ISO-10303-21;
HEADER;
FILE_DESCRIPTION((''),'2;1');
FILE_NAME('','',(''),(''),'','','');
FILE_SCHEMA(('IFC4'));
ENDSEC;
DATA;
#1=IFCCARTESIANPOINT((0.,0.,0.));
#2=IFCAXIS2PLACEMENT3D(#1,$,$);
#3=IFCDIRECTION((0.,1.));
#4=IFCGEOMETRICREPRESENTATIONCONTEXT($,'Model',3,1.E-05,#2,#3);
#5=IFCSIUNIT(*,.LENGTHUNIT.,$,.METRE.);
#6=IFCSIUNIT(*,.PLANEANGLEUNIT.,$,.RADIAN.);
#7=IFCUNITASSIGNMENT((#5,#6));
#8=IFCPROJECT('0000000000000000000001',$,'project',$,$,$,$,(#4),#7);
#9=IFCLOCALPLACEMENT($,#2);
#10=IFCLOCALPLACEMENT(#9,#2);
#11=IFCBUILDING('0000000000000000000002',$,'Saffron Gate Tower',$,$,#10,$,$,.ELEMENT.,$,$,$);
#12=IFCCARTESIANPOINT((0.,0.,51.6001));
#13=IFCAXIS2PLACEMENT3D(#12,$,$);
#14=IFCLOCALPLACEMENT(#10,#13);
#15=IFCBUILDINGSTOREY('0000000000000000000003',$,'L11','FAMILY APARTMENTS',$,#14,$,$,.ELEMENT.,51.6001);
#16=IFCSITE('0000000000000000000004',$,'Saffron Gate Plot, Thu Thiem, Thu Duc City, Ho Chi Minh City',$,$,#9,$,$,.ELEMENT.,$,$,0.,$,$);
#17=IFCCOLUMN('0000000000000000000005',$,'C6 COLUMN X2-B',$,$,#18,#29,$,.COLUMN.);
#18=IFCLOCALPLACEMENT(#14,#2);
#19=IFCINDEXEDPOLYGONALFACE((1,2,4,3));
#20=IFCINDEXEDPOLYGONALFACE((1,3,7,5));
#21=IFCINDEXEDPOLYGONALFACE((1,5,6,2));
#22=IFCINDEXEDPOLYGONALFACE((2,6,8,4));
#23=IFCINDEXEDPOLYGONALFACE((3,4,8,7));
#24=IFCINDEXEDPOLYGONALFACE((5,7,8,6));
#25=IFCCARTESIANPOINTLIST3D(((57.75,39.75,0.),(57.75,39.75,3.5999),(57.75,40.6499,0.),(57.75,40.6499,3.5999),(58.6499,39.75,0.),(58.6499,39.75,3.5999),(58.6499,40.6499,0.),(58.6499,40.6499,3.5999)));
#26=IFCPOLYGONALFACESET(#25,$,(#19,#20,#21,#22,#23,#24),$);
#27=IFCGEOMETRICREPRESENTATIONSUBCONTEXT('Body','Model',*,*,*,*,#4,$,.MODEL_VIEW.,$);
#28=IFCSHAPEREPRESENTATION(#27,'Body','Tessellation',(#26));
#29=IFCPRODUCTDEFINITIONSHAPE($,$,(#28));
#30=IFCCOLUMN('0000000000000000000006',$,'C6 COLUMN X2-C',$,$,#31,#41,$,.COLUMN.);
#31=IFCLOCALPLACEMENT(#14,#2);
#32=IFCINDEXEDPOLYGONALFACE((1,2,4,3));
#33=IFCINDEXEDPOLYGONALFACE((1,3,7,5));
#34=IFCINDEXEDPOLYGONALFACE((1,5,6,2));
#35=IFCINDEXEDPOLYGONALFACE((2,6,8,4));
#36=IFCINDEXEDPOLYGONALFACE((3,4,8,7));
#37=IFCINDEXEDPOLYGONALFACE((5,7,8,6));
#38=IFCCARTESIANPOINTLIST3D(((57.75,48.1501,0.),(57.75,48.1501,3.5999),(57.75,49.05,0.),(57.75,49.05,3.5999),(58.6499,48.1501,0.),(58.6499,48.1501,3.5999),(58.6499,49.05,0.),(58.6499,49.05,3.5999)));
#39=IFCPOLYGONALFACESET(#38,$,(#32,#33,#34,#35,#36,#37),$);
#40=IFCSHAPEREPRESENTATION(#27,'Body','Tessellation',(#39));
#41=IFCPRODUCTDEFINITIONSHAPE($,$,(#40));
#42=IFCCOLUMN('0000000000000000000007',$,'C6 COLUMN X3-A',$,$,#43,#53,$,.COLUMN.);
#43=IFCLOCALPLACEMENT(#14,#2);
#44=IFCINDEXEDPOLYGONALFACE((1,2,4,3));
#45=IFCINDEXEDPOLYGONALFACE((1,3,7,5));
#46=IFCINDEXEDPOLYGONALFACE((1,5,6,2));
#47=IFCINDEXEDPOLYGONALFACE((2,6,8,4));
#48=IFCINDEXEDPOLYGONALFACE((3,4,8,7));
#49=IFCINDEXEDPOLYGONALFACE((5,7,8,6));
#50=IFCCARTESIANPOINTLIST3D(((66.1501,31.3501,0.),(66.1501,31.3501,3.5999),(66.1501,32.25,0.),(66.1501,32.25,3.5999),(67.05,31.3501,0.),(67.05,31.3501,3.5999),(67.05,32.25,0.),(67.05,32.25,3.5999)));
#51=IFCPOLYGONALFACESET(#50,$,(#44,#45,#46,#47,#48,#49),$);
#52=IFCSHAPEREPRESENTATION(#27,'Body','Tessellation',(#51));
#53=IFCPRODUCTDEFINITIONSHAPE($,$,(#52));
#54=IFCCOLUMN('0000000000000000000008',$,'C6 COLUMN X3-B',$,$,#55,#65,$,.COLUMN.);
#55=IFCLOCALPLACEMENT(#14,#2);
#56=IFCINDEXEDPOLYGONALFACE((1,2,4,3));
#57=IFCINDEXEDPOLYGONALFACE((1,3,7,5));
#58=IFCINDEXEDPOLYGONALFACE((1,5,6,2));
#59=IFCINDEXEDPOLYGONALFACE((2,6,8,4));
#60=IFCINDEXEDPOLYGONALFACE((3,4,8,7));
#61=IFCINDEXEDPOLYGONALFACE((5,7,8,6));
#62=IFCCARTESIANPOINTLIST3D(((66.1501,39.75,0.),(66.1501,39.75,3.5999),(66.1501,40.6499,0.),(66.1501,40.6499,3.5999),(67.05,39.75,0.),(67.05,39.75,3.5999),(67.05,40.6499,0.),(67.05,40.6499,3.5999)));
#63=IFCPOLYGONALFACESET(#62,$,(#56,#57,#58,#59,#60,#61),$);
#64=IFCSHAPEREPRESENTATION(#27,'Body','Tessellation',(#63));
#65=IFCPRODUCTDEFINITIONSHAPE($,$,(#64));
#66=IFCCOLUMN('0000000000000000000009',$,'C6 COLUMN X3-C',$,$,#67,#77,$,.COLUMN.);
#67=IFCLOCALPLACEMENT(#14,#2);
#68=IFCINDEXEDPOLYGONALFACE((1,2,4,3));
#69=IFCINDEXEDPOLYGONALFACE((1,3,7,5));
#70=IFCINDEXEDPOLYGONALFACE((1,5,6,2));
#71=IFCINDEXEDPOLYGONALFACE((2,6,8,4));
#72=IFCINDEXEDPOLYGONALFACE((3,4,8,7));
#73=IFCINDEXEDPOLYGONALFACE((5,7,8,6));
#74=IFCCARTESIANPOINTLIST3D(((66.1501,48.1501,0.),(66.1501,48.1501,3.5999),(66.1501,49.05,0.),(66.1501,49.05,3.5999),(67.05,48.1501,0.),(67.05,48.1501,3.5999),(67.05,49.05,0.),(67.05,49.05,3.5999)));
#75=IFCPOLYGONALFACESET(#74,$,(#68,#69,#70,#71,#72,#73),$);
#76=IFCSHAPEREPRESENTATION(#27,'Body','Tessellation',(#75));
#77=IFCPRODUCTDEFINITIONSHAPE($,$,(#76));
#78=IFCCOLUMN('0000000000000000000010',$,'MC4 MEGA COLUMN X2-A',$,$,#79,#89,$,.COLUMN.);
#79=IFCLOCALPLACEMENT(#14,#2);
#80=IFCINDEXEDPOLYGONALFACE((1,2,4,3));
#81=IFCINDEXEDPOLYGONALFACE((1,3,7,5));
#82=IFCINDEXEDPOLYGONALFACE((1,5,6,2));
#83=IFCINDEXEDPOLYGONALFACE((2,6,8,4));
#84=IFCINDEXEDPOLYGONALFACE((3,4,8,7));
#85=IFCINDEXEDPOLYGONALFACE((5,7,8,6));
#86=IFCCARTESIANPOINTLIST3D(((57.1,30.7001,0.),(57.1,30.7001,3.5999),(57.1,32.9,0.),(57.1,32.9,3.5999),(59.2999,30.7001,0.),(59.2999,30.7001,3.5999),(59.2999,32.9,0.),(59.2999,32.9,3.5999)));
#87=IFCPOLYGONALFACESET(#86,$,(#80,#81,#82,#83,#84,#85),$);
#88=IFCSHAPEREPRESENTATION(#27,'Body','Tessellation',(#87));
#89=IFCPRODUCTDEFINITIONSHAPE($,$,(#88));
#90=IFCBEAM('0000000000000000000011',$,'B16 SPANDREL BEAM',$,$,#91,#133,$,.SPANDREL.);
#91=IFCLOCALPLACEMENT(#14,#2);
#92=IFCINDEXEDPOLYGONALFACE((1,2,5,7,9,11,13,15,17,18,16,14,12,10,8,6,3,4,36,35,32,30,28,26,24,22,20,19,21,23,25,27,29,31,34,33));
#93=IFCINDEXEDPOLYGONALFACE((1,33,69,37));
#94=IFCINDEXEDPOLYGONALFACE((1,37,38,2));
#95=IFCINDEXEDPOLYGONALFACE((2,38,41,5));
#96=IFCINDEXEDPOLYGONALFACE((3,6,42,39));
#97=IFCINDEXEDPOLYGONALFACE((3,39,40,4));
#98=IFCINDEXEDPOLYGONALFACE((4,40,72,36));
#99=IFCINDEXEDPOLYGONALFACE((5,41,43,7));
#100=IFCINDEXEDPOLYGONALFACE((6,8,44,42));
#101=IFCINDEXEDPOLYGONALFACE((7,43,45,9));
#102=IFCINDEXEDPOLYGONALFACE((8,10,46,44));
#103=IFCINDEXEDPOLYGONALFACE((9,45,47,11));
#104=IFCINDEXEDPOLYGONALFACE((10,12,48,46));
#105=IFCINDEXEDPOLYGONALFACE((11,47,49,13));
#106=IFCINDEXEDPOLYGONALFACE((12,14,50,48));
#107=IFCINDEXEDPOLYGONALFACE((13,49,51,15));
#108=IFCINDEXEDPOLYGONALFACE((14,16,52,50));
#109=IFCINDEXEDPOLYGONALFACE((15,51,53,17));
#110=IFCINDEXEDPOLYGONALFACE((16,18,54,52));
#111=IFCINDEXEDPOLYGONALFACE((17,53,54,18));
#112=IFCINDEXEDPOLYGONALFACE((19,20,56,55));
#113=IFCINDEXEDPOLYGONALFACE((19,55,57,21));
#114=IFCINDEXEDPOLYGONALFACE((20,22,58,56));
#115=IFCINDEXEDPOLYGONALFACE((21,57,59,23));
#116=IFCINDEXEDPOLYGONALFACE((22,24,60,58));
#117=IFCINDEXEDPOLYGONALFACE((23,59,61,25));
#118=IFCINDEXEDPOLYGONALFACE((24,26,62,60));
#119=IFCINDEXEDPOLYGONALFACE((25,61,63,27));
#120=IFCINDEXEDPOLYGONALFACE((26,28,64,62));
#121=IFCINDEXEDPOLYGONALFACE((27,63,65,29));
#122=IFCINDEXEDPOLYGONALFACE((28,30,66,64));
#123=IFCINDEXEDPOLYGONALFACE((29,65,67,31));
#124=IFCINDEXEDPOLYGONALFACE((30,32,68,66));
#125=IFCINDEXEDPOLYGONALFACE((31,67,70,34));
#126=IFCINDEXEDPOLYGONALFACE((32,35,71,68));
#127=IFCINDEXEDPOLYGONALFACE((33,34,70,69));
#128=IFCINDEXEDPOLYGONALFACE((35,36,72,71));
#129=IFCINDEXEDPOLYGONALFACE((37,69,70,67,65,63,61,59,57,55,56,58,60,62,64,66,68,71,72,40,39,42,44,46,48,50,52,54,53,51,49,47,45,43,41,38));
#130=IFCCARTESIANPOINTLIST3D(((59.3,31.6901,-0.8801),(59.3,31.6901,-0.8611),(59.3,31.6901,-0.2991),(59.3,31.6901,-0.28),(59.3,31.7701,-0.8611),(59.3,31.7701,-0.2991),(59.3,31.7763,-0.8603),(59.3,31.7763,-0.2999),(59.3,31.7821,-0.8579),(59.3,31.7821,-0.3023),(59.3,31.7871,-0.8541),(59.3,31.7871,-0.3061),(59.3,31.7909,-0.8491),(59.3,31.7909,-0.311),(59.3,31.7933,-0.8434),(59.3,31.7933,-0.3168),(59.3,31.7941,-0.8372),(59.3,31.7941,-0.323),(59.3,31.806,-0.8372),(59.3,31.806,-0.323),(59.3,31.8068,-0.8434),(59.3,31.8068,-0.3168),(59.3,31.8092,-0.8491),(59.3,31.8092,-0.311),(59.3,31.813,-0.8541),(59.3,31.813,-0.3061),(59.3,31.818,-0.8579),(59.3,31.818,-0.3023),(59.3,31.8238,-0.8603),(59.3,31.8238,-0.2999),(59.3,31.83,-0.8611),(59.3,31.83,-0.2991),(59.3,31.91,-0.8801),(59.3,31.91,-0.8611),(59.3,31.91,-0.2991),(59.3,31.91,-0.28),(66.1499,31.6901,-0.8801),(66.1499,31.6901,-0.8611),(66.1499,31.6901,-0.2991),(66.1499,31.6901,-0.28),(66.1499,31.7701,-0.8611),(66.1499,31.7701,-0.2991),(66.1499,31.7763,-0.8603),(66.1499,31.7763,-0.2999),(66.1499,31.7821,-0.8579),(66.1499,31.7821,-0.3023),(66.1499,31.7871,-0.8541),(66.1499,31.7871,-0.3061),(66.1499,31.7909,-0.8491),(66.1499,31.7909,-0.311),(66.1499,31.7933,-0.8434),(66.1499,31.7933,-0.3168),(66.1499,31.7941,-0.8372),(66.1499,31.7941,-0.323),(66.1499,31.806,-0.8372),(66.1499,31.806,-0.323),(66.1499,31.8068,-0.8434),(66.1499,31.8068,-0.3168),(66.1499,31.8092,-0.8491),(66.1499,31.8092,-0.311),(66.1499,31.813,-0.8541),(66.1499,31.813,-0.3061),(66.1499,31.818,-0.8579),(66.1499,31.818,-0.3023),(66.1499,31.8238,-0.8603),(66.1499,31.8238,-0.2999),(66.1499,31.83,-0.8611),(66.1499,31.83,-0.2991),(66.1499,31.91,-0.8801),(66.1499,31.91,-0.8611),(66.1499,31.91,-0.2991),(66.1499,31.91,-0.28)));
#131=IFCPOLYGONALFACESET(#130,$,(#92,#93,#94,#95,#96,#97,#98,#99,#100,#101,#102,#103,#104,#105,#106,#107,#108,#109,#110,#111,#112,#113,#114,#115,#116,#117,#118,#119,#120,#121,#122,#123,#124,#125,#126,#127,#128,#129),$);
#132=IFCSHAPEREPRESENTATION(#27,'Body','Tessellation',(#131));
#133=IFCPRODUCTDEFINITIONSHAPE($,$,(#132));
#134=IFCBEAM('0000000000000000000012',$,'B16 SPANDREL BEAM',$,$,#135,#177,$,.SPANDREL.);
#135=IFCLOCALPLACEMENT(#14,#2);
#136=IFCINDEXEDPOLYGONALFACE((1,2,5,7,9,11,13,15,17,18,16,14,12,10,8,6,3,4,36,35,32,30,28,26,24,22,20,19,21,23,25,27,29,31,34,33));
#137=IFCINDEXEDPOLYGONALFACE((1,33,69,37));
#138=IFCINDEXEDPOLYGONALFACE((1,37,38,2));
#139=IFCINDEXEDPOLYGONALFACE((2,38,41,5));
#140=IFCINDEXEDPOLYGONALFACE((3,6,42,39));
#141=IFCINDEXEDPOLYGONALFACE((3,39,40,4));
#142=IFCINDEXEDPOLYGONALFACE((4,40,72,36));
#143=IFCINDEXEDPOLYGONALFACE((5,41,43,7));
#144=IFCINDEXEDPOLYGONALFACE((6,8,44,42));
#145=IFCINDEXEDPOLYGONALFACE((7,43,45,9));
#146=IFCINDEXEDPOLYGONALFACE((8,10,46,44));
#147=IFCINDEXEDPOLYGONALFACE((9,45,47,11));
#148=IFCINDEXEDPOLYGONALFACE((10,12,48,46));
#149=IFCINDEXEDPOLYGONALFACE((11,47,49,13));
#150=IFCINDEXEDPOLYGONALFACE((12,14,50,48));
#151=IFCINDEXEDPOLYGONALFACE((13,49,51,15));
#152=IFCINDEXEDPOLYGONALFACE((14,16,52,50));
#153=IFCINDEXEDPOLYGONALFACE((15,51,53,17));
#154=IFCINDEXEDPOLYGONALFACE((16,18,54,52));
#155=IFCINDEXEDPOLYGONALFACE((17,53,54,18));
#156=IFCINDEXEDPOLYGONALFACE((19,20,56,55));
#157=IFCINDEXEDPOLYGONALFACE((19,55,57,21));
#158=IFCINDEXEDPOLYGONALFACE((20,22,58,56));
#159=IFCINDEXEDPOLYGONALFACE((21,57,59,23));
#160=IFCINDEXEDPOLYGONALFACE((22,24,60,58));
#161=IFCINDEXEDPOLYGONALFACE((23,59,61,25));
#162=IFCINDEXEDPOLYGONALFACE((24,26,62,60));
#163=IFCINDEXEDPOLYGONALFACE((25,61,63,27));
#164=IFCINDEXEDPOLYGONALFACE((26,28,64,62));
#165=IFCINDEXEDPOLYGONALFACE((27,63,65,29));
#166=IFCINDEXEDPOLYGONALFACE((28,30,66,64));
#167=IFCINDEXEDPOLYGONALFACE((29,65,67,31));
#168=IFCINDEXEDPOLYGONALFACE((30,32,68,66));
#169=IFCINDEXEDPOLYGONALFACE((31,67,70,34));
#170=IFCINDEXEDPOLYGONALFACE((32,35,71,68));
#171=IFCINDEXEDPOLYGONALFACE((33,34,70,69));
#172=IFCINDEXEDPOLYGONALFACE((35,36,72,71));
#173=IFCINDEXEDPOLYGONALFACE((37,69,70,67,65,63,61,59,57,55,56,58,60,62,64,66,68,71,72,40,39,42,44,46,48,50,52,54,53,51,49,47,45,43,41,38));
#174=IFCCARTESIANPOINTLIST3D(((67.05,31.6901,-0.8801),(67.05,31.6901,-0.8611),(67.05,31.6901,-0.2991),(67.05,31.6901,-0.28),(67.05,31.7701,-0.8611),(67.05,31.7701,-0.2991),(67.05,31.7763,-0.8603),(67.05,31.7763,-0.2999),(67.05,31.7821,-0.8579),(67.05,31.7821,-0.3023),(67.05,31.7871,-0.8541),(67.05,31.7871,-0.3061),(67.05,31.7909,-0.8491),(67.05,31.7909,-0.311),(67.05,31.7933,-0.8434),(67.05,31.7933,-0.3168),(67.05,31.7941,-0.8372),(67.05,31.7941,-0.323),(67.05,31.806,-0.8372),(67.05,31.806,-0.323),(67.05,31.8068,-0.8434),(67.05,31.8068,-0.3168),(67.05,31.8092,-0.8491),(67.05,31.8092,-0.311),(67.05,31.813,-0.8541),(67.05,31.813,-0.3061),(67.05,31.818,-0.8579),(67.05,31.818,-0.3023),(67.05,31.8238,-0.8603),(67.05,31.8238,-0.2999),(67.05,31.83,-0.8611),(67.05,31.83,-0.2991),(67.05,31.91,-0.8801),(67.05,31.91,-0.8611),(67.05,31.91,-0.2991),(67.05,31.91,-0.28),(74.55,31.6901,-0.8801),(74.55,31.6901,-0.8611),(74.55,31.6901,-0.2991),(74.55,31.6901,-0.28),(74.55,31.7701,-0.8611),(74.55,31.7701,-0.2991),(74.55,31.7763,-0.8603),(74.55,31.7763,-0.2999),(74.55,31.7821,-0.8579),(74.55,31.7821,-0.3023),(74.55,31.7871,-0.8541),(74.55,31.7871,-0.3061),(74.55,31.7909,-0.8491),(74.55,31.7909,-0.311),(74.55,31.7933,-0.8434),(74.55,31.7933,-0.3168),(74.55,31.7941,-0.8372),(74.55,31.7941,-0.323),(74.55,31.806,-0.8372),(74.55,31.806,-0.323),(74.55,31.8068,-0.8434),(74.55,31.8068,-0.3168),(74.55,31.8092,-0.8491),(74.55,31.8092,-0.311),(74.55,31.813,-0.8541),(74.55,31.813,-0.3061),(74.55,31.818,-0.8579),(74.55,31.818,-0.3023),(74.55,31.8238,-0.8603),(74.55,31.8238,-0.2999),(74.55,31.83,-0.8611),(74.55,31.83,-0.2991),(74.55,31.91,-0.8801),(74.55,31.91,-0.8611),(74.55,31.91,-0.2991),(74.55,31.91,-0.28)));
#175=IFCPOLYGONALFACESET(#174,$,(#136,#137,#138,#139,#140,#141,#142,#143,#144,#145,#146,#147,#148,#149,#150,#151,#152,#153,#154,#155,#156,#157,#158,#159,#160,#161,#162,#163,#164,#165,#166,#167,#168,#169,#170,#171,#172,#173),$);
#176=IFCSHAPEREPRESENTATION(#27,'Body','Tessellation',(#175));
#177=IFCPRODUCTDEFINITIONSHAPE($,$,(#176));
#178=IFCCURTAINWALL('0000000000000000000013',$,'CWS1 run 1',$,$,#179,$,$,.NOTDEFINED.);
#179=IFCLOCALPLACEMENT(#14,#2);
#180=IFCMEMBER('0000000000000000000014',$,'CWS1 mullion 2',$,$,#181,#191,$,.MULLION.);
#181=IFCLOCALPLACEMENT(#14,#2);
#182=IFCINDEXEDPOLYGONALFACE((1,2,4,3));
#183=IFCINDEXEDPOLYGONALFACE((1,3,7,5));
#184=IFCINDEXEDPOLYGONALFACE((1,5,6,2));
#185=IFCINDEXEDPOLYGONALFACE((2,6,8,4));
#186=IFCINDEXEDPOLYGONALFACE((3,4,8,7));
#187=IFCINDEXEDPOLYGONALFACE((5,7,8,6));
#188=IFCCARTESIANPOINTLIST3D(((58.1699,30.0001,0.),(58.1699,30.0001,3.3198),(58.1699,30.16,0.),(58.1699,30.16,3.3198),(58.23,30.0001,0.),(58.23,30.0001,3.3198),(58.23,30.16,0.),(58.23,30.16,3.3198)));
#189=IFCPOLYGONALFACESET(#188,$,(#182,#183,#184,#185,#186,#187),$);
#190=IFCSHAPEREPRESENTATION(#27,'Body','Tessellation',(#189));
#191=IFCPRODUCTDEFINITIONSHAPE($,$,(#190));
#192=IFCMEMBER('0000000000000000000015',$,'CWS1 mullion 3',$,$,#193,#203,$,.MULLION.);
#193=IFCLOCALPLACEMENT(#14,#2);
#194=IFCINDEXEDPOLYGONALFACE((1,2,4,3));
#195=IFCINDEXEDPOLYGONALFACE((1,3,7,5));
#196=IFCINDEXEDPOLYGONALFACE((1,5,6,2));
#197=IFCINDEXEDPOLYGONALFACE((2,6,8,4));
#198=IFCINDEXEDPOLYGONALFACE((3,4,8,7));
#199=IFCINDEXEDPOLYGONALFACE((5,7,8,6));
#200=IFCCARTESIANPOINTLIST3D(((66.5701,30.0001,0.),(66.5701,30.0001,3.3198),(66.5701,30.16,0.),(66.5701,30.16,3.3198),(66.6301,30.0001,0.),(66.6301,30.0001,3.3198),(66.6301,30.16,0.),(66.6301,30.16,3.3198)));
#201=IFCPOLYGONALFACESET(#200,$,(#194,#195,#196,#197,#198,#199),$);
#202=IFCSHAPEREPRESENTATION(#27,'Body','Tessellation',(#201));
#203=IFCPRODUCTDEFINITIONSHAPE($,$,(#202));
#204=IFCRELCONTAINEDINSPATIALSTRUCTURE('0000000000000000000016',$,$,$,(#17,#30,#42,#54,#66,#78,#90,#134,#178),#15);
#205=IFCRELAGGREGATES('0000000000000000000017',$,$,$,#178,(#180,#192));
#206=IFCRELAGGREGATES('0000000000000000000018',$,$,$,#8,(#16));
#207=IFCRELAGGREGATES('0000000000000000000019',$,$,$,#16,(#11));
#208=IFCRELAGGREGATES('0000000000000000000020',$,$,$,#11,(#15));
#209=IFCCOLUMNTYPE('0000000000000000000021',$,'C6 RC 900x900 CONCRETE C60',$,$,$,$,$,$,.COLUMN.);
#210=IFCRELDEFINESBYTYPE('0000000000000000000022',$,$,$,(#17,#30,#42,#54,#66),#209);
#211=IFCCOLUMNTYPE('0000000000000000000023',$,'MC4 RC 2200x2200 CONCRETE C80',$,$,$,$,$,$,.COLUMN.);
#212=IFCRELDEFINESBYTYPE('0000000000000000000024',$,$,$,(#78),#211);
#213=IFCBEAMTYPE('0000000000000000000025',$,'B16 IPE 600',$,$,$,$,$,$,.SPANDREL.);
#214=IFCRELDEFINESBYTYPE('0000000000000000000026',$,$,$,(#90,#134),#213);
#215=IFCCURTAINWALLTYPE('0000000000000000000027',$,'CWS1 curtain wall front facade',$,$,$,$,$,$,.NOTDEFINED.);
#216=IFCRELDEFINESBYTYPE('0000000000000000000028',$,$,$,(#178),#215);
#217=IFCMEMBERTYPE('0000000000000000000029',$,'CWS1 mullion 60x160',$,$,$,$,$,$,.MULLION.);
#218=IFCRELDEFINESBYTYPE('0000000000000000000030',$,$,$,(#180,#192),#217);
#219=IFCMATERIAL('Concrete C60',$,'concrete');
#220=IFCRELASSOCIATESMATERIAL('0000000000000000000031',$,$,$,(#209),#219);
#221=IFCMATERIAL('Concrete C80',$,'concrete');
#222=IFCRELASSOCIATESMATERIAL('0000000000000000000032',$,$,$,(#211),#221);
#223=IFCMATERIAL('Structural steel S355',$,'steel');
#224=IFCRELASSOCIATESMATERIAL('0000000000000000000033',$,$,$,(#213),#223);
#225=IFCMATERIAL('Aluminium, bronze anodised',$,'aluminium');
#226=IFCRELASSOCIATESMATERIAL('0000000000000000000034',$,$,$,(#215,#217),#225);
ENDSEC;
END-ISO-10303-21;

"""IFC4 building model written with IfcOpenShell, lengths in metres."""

from ifc_helpers import new_model, si_unit, direction, frame, origin, origin_2d, place, context, subcontext, project, spatial, rectangle, i_section, extrude, material, material_profile, profile_set, type_object, element, aggregate, save


model = new_model("IFC4")

# Units and contexts
model_context = context("Model", 3, precision=1e-05, world=origin(), true_north=direction((0.0, 1.0)))
body_context = subcontext(model_context, "Body", "Model", "MODEL_VIEW")
ifc_project = project(units=[si_unit("LENGTHUNIT", "METRE"), si_unit("PLANEANGLEUNIT", "RADIAN")], contexts=[model_context])

# Site, building, storey
site_placement = place(None, origin())
site = spatial("IfcSite", under=ifc_project, at=site_placement, Name="Saffron Gate Plot, Thu Thiem, Thu Duc City, Ho Chi Minh City", CompositionType="ELEMENT", RefElevation=0.0)
building_placement = place(site_placement, origin())
building = spatial("IfcBuilding", under=site, at=building_placement, Name="Saffron Gate Tower", CompositionType="ELEMENT")
storey_placement = place(building_placement, frame((0.0, 0.0, 51.6001)))
storey = spatial("IfcBuildingStorey", under=building, at=storey_placement, Name="L11", Description="FAMILY APARTMENTS", CompositionType="ELEMENT", Elevation=51.6001)

# Columns
ifc_material_1 = material(Name="Concrete C60", Category="concrete")
ifc_material_profile_1 = material_profile(ifc_material_1, rectangle(XDim=0.8999, YDim=0.8999, at=origin_2d()))
ifc_profile_set_1 = profile_set([ifc_material_profile_1], Name="Concrete C60")
column_type_1 = type_object("IfcColumnType", Name="C6 RC 900x900 CONCRETE C60", PredefinedType="COLUMN", material=ifc_profile_set_1)
for number, where, z_axis, x_axis, name in (
    (1, (58.2, 40.2, 0.0), (0.0, 0.0, 1.0), (1.0, 0.0, 0.0), "C6 COLUMN X2-B"),
    (2, (58.2, 48.6001, 0.0), (0.0, 0.0, 1.0), (1.0, 0.0, 0.0), "C6 COLUMN X2-C"),
    (3, (66.6001, 31.8, 0.0), (0.0, 0.0, 1.0), (1.0, 0.0, 0.0), "C6 COLUMN X3-A"),
    (4, (66.6001, 40.2, 0.0), (0.0, 0.0, 1.0), (1.0, 0.0, 0.0), "C6 COLUMN X3-B"),
    (5, (66.6001, 48.6001, 0.0), (0.0, 0.0, 1.0), (1.0, 0.0, 0.0), "C6 COLUMN X3-C"),
):
    element("IfcColumn", number, at=place(storey_placement, frame(where, z_axis=z_axis, x_axis=x_axis)), inside=storey, type_object=column_type_1, Name=name, PredefinedType="COLUMN", context=body_context, shape_type="SweptSolid", body=[
        extrude(rectangle(XDim=0.8999, YDim=0.8999, at=origin_2d()), origin(), (0.0, 0.0, 1.0), 3.5999),
    ])
ifc_material_2 = material(Name="Concrete C80", Category="concrete")
ifc_material_profile_2 = material_profile(ifc_material_2, rectangle(XDim=2.2, YDim=2.2, at=origin_2d()))
ifc_profile_set_2 = profile_set([ifc_material_profile_2], Name="Concrete C80")
column_type_2 = type_object("IfcColumnType", Name="MC4 RC 2200x2200 CONCRETE C80", PredefinedType="COLUMN", material=ifc_profile_set_2)
column_placement = place(storey_placement, frame((58.2, 31.8, 0.0), z_axis=(0.0, 0.0, 1.0), x_axis=(1.0, 0.0, 0.0)))
element("IfcColumn", 6, at=column_placement, inside=storey, type_object=column_type_2, Name="MC4 MEGA COLUMN X2-A", PredefinedType="COLUMN", context=body_context, shape_type="SweptSolid", body=[
    extrude(rectangle(XDim=2.2, YDim=2.2, at=origin_2d()), origin(), (0.0, 0.0, 1.0), 3.5999),
])

# Beams
ifc_material_3 = material(Name="Structural steel S355", Category="steel")
ifc_material_profile_3 = material_profile(ifc_material_3, i_section(OverallWidth=0.22, OverallDepth=0.6001, WebThickness=0.012, FlangeThickness=0.019, FilletRadius=0.0239, at=origin_2d()))
ifc_profile_set_3 = profile_set([ifc_material_profile_3], Name="Structural steel S355")
beam_type = type_object("IfcBeamType", Name="B16 IPE 600", PredefinedType="SPANDREL", material=ifc_profile_set_3)
beam_1_placement = place(storey_placement, frame((59.3, 31.8, -0.5801), z_axis=(1.0, 0.0, 0.0), x_axis=(0.0, 1.0, 0.0)))
element("IfcBeam", 7, at=beam_1_placement, inside=storey, type_object=beam_type, Name="B16 SPANDREL BEAM", PredefinedType="SPANDREL", context=body_context, shape_type="SweptSolid", body=[
    extrude(i_section(OverallWidth=0.22, OverallDepth=0.6001, WebThickness=0.012, FlangeThickness=0.019, FilletRadius=0.0239, at=origin_2d()), origin(), (0.0, 0.0, 1.0), 6.8499),
])
beam_2_placement = place(storey_placement, frame((67.05, 31.8, -0.5801), z_axis=(1.0, 0.0, 0.0), x_axis=(0.0, 1.0, 0.0)))
element("IfcBeam", 8, at=beam_2_placement, inside=storey, type_object=beam_type, Name="B16 SPANDREL BEAM", PredefinedType="SPANDREL", context=body_context, shape_type="SweptSolid", body=[
    extrude(i_section(OverallWidth=0.22, OverallDepth=0.6001, WebThickness=0.012, FlangeThickness=0.019, FilletRadius=0.0239, at=origin_2d()), origin(), (0.0, 0.0, 1.0), 7.5),
])

# Curtain wall, members
ifc_material_4 = material(Name="Aluminium, bronze anodised", Category="aluminium")
curtain_wall_type = type_object("IfcCurtainWallType", Name="CWS1 curtain wall front facade", PredefinedType="NOTDEFINED", material=ifc_material_4)
curtain_wall_placement = place(storey_placement, origin())
curtain_wall = element("IfcCurtainWall", 9, at=curtain_wall_placement, inside=storey, type_object=curtain_wall_type, Name="CWS1 run 1", PredefinedType="NOTDEFINED")
ifc_material_profile_4 = material_profile(ifc_material_4, rectangle(XDim=0.1599, YDim=0.0601, at=origin_2d()))
ifc_profile_set_4 = profile_set([ifc_material_profile_4], Name="Aluminium, bronze anodised")
member_type = type_object("IfcMemberType", Name="CWS1 mullion 60x160", PredefinedType="MULLION", material=ifc_profile_set_4)
member_1_placement = place(storey_placement, frame((58.2, 30.0801, 0.0), z_axis=(0.0, 0.0, 1.0), x_axis=(0.0, 1.0, 0.0)))
member_1 = element("IfcMember", 10, at=member_1_placement, type_object=member_type, Name="CWS1 mullion 2", PredefinedType="MULLION", context=body_context, shape_type="SweptSolid", body=[
    extrude(rectangle(XDim=0.1599, YDim=0.0601, at=origin_2d()), origin(), (0.0, 0.0, 1.0), 3.3198),
])
member_2_placement = place(storey_placement, frame((66.6001, 30.0801, 0.0), z_axis=(0.0, 0.0, 1.0), x_axis=(0.0, 1.0, 0.0)))
member_2 = element("IfcMember", 11, at=member_2_placement, type_object=member_type, Name="CWS1 mullion 3", PredefinedType="MULLION", context=body_context, shape_type="SweptSolid", body=[
    extrude(rectangle(XDim=0.1599, YDim=0.0601, at=origin_2d()), origin(), (0.0, 0.0, 1.0), 3.3198),
])
aggregate(curtain_wall, [member_1, member_2])

save(model, "model.ifc")
